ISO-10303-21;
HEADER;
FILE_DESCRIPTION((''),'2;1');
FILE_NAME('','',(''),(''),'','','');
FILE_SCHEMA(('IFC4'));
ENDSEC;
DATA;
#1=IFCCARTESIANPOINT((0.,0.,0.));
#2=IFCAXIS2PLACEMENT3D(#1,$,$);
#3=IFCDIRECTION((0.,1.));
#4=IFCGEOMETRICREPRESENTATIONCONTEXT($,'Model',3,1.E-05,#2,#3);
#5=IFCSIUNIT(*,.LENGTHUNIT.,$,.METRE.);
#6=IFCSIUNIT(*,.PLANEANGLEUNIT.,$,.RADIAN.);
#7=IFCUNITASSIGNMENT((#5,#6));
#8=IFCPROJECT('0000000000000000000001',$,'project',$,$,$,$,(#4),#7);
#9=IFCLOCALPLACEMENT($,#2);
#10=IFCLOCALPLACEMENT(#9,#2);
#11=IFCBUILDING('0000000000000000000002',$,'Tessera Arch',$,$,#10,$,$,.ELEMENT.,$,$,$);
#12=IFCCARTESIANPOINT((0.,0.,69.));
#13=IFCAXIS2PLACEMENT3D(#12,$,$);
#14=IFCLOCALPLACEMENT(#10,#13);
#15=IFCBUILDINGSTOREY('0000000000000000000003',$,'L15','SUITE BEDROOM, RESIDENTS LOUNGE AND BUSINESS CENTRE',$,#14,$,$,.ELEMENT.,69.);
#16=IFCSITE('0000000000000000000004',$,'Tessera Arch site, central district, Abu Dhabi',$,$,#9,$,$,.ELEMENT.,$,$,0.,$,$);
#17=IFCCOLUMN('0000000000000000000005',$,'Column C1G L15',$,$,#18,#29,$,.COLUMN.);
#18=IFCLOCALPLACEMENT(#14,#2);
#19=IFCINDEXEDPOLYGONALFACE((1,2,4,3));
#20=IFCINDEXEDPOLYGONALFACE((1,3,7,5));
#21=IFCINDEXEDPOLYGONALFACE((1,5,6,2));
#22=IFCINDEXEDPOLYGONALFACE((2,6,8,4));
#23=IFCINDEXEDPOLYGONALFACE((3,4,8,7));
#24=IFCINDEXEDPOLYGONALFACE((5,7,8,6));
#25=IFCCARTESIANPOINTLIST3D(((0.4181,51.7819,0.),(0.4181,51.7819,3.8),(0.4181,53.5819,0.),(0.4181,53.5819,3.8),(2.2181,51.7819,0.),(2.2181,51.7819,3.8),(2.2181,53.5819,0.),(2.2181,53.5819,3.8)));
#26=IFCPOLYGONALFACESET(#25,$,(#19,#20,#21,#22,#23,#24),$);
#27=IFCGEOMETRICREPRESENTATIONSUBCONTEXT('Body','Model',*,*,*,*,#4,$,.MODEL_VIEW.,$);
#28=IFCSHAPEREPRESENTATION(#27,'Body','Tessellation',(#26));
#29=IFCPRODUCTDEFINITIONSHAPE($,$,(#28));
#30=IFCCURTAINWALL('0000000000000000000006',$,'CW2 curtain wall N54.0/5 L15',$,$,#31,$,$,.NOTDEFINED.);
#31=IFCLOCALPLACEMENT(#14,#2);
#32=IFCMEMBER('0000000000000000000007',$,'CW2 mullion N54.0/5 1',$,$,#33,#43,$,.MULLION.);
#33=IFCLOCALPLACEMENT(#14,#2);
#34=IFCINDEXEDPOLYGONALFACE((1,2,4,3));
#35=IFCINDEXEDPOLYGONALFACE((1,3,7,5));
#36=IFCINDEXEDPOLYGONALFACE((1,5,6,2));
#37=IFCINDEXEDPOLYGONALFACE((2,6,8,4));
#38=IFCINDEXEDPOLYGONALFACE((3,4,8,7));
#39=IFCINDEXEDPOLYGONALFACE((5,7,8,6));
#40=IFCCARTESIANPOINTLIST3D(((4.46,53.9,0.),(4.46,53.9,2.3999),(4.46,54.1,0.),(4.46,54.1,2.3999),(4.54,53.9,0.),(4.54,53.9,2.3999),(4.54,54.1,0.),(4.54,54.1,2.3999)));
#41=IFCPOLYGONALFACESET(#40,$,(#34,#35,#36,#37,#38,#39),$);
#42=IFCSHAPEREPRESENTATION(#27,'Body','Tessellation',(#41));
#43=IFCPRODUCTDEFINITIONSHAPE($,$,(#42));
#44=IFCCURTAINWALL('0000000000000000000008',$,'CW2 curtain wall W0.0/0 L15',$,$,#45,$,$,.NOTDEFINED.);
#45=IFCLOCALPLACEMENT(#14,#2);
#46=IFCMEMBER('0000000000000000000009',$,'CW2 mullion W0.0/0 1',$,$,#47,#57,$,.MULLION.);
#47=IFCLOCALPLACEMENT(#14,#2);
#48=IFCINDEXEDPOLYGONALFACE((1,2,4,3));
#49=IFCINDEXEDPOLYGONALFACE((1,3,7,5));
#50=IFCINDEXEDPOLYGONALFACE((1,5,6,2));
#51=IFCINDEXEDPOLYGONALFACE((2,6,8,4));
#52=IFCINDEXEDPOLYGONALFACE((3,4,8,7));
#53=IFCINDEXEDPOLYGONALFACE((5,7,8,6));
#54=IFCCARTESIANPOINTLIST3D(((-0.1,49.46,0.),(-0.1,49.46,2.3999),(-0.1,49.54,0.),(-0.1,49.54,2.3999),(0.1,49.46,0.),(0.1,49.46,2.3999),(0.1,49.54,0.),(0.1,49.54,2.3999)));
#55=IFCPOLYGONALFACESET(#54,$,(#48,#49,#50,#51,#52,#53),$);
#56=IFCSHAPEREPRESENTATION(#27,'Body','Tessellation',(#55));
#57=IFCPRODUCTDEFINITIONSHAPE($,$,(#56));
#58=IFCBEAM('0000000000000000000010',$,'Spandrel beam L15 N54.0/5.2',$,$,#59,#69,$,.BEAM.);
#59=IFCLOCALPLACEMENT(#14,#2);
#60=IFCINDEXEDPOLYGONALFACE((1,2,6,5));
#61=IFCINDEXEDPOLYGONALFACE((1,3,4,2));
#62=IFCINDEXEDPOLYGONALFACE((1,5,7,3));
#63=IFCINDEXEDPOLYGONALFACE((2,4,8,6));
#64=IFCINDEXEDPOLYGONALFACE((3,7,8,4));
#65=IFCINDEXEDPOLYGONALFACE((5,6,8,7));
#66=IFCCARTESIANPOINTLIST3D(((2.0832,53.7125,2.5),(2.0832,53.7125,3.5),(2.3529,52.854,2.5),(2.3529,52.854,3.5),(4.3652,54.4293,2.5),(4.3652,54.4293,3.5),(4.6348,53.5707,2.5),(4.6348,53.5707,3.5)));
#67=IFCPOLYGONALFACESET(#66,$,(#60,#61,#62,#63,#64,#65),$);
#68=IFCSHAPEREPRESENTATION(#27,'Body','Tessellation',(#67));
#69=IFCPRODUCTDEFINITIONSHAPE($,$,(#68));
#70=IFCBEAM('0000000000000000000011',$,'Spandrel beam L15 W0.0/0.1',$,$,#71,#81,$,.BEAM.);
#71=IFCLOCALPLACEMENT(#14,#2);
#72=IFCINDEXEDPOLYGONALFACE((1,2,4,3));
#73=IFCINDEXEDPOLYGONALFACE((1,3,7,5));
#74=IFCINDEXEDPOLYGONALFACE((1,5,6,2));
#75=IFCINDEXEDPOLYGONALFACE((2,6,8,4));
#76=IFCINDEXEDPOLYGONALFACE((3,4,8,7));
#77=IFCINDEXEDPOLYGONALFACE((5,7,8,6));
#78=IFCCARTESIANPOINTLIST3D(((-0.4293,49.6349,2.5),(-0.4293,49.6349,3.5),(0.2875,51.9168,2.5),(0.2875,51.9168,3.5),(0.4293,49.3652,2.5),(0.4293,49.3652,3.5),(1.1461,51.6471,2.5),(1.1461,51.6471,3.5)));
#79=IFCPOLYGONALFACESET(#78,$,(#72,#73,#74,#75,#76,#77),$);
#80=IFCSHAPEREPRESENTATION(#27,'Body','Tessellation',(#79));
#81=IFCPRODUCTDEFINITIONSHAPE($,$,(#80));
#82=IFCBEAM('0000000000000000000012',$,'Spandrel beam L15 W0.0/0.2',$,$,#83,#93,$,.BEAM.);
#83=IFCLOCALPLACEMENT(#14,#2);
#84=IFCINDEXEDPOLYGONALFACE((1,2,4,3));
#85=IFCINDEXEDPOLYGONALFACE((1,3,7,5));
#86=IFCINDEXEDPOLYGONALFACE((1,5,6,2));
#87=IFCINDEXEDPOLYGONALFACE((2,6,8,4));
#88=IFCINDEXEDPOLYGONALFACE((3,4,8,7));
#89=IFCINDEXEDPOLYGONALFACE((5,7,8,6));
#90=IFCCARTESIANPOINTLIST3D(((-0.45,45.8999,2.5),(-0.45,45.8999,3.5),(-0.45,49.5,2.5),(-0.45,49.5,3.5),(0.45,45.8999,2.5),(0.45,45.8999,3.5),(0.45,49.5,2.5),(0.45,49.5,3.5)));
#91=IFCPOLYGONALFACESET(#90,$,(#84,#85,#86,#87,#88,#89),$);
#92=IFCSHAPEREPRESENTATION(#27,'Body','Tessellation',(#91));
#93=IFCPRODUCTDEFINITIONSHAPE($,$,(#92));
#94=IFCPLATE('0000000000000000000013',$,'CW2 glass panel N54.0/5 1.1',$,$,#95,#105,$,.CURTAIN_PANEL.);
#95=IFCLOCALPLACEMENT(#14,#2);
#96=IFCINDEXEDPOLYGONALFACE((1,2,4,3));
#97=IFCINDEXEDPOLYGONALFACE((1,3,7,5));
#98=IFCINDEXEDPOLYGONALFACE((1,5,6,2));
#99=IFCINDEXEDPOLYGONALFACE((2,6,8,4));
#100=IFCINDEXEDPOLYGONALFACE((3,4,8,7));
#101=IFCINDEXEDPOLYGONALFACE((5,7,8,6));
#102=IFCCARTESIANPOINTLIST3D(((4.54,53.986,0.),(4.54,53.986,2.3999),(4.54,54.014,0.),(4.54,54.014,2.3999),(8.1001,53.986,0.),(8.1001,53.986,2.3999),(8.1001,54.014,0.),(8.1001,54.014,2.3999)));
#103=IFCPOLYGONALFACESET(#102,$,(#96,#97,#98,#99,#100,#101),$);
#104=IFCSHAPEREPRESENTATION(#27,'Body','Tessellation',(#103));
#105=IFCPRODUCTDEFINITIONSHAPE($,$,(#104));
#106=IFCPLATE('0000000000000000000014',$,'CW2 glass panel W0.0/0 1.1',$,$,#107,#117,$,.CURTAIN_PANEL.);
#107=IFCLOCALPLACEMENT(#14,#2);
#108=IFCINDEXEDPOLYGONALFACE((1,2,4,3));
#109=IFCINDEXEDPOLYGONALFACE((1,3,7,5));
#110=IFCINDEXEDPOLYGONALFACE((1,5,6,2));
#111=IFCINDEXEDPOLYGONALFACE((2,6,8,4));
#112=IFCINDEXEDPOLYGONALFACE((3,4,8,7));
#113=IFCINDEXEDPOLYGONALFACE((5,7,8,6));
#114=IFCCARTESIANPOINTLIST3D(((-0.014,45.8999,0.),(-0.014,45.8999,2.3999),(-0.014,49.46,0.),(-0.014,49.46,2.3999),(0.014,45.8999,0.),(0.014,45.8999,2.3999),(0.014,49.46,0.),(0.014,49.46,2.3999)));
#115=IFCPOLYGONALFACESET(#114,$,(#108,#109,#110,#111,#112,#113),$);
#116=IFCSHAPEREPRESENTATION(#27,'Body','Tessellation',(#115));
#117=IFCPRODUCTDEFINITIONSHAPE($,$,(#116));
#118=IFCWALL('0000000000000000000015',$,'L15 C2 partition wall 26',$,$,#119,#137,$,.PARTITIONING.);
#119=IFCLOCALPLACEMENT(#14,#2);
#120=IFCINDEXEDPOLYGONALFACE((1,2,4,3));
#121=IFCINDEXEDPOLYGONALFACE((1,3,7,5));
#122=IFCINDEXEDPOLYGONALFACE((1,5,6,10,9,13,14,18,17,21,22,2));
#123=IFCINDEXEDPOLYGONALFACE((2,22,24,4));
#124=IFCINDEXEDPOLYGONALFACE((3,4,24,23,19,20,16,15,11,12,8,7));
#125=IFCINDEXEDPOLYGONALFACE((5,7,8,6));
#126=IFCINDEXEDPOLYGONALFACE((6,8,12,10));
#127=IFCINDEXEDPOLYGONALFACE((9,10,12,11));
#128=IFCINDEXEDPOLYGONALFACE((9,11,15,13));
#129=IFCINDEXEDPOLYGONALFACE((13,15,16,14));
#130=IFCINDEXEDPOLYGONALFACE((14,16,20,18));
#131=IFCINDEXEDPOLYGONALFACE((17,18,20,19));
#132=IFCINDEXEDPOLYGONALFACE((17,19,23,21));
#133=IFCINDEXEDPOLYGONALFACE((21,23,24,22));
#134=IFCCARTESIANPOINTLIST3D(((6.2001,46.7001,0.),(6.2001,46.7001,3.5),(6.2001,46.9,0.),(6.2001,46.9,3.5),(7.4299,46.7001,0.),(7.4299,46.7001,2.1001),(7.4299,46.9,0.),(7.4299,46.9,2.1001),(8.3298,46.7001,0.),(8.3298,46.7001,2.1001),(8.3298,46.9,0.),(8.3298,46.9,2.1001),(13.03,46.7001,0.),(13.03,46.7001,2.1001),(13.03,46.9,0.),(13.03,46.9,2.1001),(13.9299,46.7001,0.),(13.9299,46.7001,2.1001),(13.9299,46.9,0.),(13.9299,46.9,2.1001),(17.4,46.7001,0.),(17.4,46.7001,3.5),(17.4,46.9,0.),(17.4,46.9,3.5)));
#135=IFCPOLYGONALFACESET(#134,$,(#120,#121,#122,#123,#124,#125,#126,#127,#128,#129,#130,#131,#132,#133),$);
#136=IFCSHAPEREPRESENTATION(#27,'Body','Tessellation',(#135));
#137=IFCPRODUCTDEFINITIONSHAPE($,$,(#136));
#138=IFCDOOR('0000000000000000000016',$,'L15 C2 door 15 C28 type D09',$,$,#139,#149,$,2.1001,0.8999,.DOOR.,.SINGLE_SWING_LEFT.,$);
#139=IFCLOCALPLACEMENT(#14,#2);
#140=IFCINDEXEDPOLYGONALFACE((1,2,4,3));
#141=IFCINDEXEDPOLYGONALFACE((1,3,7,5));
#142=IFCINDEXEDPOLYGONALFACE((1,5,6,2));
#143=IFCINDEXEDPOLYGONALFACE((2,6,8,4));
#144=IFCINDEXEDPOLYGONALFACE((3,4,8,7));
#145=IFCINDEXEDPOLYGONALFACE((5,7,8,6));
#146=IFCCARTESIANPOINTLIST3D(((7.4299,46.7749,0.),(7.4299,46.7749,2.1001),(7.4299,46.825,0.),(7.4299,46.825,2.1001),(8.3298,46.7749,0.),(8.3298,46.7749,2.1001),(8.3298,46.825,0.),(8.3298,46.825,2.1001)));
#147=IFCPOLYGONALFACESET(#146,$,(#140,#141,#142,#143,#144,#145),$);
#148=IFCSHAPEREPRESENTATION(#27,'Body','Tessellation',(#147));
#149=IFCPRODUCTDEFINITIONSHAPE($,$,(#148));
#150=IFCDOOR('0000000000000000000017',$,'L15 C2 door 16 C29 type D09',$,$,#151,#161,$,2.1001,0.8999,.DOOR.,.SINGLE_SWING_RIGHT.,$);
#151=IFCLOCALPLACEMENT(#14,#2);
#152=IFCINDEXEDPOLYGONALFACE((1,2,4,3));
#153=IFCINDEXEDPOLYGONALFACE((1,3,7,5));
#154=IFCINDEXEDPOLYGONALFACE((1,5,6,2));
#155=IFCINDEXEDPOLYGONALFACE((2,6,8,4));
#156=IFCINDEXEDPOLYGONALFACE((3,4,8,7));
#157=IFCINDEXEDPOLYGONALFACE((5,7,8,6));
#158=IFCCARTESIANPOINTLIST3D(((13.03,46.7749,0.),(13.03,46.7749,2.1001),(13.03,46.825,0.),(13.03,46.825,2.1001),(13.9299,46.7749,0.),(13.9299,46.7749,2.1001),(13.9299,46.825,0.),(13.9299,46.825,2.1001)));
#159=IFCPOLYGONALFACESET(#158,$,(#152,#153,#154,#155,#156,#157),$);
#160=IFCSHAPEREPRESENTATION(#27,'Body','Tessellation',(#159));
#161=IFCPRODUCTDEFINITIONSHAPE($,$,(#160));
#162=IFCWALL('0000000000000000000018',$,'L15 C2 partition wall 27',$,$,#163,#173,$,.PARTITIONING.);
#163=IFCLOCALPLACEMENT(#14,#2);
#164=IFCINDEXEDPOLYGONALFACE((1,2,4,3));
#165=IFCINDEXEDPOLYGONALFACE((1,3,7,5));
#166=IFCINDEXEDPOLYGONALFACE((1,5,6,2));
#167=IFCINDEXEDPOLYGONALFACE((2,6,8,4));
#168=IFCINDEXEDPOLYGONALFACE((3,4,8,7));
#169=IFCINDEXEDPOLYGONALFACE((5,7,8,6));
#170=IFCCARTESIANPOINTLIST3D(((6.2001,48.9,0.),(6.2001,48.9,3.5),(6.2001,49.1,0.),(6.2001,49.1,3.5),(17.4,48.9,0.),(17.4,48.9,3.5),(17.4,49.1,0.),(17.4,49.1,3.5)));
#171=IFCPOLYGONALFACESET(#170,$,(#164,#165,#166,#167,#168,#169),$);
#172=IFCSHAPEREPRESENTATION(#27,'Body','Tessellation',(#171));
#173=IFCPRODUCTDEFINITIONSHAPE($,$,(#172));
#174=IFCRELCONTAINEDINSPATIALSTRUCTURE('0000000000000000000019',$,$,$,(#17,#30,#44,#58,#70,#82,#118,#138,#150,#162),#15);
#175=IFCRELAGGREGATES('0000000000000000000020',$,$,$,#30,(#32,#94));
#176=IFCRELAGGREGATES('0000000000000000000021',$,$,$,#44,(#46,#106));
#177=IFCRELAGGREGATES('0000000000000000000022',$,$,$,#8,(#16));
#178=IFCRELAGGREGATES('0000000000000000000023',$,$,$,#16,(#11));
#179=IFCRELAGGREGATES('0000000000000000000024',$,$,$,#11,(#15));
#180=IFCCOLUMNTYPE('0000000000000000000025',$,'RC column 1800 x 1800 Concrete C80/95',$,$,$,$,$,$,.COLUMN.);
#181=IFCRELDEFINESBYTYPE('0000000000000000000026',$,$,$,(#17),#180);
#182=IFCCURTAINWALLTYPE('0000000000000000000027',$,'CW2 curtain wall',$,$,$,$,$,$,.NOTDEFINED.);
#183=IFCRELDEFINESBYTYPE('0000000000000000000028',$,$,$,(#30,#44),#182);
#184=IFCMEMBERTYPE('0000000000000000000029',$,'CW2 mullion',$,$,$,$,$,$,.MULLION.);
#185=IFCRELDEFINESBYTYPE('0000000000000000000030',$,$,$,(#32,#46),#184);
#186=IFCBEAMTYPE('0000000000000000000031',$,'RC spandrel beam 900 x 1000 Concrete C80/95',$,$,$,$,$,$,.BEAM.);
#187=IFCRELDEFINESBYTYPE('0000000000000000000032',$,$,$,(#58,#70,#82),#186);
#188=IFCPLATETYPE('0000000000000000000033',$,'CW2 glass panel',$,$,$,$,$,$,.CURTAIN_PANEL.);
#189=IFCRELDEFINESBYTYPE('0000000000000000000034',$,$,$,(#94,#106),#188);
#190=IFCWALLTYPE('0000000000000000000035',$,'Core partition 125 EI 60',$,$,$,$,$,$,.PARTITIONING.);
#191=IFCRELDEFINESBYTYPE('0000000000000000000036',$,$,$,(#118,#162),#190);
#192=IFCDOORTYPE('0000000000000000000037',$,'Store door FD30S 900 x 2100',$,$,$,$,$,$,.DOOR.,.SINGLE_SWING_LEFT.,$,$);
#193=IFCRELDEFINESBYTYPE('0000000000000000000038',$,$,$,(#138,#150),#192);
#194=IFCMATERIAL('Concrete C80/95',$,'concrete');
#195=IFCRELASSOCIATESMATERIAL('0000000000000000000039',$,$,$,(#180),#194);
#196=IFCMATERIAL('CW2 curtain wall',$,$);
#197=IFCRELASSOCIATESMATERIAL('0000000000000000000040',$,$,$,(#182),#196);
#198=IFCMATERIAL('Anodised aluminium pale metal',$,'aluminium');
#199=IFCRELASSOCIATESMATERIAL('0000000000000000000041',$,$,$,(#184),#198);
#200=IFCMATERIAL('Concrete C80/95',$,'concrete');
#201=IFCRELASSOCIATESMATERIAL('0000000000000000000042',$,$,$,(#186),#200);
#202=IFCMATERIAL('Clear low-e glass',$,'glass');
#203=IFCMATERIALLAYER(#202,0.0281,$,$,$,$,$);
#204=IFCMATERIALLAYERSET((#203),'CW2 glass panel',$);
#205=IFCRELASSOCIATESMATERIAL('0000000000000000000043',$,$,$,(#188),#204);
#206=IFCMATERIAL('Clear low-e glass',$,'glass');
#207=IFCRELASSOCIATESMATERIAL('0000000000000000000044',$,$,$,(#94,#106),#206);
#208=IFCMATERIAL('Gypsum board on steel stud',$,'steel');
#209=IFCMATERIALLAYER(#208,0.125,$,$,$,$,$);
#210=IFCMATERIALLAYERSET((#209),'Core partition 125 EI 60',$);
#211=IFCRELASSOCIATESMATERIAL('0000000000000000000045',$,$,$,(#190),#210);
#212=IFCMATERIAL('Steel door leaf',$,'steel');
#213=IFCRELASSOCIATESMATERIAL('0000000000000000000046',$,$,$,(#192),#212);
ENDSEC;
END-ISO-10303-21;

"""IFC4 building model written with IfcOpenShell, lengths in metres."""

from ifc_helpers import new_model, si_unit, direction, frame, frame_2d, origin, origin_2d, place, context, subcontext, project, spatial, rectangle, extrude, material, layer, layer_set, material_profile, profile_set, type_object, element, fill, aggregate, save


model = new_model("IFC4")

# Units and contexts
model_context = context("Model", 3, precision=1e-05, world=origin(), true_north=direction((0.0, 1.0)))
body_context = subcontext(model_context, "Body", "Model", "MODEL_VIEW")
ifc_project = project(units=[si_unit("LENGTHUNIT", "METRE"), si_unit("PLANEANGLEUNIT", "RADIAN")], contexts=[model_context])

# Site, building, storey
site_placement = place(None, origin())
site = spatial("IfcSite", under=ifc_project, at=site_placement, Name="Tessera Arch site, central district, Abu Dhabi", CompositionType="ELEMENT", RefElevation=0.0)
building_placement = place(site_placement, origin())
building = spatial("IfcBuilding", under=site, at=building_placement, Name="Tessera Arch", CompositionType="ELEMENT")
storey_placement = place(building_placement, frame((0.0, 0.0, 69.0)))
storey = spatial("IfcBuildingStorey", under=building, at=storey_placement, Name="L15", Description="SUITE BEDROOM, RESIDENTS LOUNGE AND BUSINESS CENTRE", CompositionType="ELEMENT", Elevation=69.0)

# Column
ifc_material_1 = material(Name="Concrete C80/95", Category="concrete")
ifc_material_profile_1 = material_profile(ifc_material_1, rectangle(XDim=1.8, YDim=1.8, at=origin_2d()), Name="RC column 1800 x 1800 Concrete C80/95")
ifc_profile_set_1 = profile_set([ifc_material_profile_1], Name="Concrete C80/95")
column_type = type_object("IfcColumnType", Name="RC column 1800 x 1800 Concrete C80/95", PredefinedType="COLUMN", material=ifc_profile_set_1)
column_placement = place(storey_placement, frame((1.3181, 52.6819, 0.0), z_axis=(0.0, 0.0, 1.0), x_axis=(1.0, 0.0, 0.0)))
element("IfcColumn", 1, at=column_placement, inside=storey, type_object=column_type, Name="Column C1G L15", PredefinedType="COLUMN", context=body_context, shape_type="SweptSolid", body=[
    extrude(rectangle(XDim=1.8, YDim=1.8, at=origin_2d()), origin(), (0.0, 0.0, 1.0), 3.8),
])

# Curtain walls, members
ifc_material_2 = material(Name="CW2 curtain wall")
curtain_wall_type = type_object("IfcCurtainWallType", Name="CW2 curtain wall", PredefinedType="NOTDEFINED", material=ifc_material_2)
curtain_wall_1_placement = place(storey_placement, origin())
curtain_wall_1 = element("IfcCurtainWall", 2, at=curtain_wall_1_placement, inside=storey, type_object=curtain_wall_type, Name="CW2 curtain wall N54.0/5 L15", PredefinedType="NOTDEFINED")
ifc_material_3 = material(Name="Anodised aluminium pale metal", Category="aluminium")
ifc_material_profile_2 = material_profile(ifc_material_3, rectangle(XDim=0.2, YDim=0.0801, at=origin_2d()), Name="AL 80x200")
ifc_profile_set_2 = profile_set([ifc_material_profile_2], Name="Anodised aluminium pale metal")
member_type = type_object("IfcMemberType", Name="CW2 mullion", PredefinedType="MULLION", material=ifc_profile_set_2)
member_1_placement = place(storey_placement, frame((4.5, 54.0, 0.0), z_axis=(0.0, 0.0, 1.0), x_axis=(0.0, -1.0, 0.0)))
member_1 = element("IfcMember", 3, at=member_1_placement, type_object=member_type, Name="CW2 mullion N54.0/5 1", PredefinedType="MULLION", context=body_context, shape_type="SweptSolid", body=[
    extrude(rectangle(XDim=0.2, YDim=0.0801, at=origin_2d()), origin(), (0.0, 0.0, 1.0), 2.3999),
])
curtain_wall_2_placement = place(storey_placement, origin())
curtain_wall_2 = element("IfcCurtainWall", 4, at=curtain_wall_2_placement, inside=storey, type_object=curtain_wall_type, Name="CW2 curtain wall W0.0/0 L15", PredefinedType="NOTDEFINED")
member_2_placement = place(storey_placement, frame((0.0, 49.5, 0.0), z_axis=(0.0, 0.0, 1.0), x_axis=(1.0, 0.0, 0.0)))
member_2 = element("IfcMember", 5, at=member_2_placement, type_object=member_type, Name="CW2 mullion W0.0/0 1", PredefinedType="MULLION", context=body_context, shape_type="SweptSolid", body=[
    extrude(rectangle(XDim=0.2, YDim=0.0801, at=origin_2d()), origin(), (0.0, 0.0, 1.0), 2.3999),
])

# Beams
ifc_material_4 = material(Name="Concrete C80/95", Category="concrete")
ifc_material_profile_3 = material_profile(ifc_material_4, rectangle(XDim=0.8999, YDim=1.0, at=origin_2d()), Name="RC spandrel beam 900 x 1000 Concrete C80/95")
ifc_profile_set_3 = profile_set([ifc_material_profile_3], Name="Concrete C80/95")
beam_type = type_object("IfcBeamType", Name="RC spandrel beam 900 x 1000 Concrete C80/95", PredefinedType="BEAM", material=ifc_profile_set_3)
for number, where, z_axis, x_axis, name in (
    (6, (4.5, 54.0, 3.0), (-0.954041, -0.299675, 0.0), (0.299675, -0.954041, 0.0), "Spandrel beam L15 N54.0/5.2"),
    (7, (0.7168, 51.782, 3.0), (-0.299675, -0.954041, 0.0), (0.954041, -0.299675, 0.0), "Spandrel beam L15 W0.0/0.1"),
):
    element("IfcBeam", number, at=place(storey_placement, frame(where, z_axis=z_axis, x_axis=x_axis)), inside=storey, type_object=beam_type, Name=name, PredefinedType="BEAM", context=body_context, shape_type="SweptSolid", body=[
        extrude(rectangle(XDim=0.8999, YDim=1.0, at=origin_2d()), origin(), (0.0, 0.0, 1.0), 2.3918),
    ])
beam_placement = place(storey_placement, frame((0.0, 49.5, 3.0), z_axis=(0.0, -1.0, 0.0), x_axis=(1.0, 0.0, 0.0)))
element("IfcBeam", 8, at=beam_placement, inside=storey, type_object=beam_type, Name="Spandrel beam L15 W0.0/0.2", PredefinedType="BEAM", context=body_context, shape_type="SweptSolid", body=[
    extrude(rectangle(XDim=0.8999, YDim=1.0, at=origin_2d()), origin(), (0.0, 0.0, 1.0), 3.6001),
])

# Plates
ifc_material_5 = material(Name="Clear low-e glass", Category="glass")
ifc_material_6 = material(Name="Clear low-e glass", Category="glass")
ifc_layer_1 = layer(ifc_material_6, 0.0281)
ifc_layer_set_1 = layer_set([ifc_layer_1], Name="CW2 glass panel")
plate_type = type_object("IfcPlateType", Name="CW2 glass panel", PredefinedType="CURTAIN_PANEL", material=ifc_layer_set_1)
plate_1_placement = place(storey_placement, frame((6.3201, 54.0, 0.0), z_axis=(0.0, 0.0, 1.0), x_axis=(-1.0, 0.0, 0.0)))
plate_1 = element("IfcPlate", 9, at=plate_1_placement, type_object=plate_type, material=ifc_material_5, Name="CW2 glass panel N54.0/5 1.1", PredefinedType="CURTAIN_PANEL", context=body_context, shape_type="SweptSolid", body=[
    extrude(rectangle(XDim=3.5601, YDim=0.0281, at=origin_2d()), origin(), (0.0, 0.0, 1.0), 2.3999),
])
aggregate(curtain_wall_1, [member_1, plate_1])
plate_2_placement = place(storey_placement, frame((0.0, 47.6799, 0.0), z_axis=(0.0, 0.0, 1.0), x_axis=(0.0, -1.0, 0.0)))
plate_2 = element("IfcPlate", 10, at=plate_2_placement, type_object=plate_type, material=ifc_material_5, Name="CW2 glass panel W0.0/0 1.1", PredefinedType="CURTAIN_PANEL", context=body_context, shape_type="SweptSolid", body=[
    extrude(rectangle(XDim=3.5601, YDim=0.0281, at=origin_2d()), origin(), (0.0, 0.0, 1.0), 2.3999),
])
aggregate(curtain_wall_2, [member_2, plate_2])

# Wall, openings, doors
ifc_material_7 = material(Name="Gypsum board on steel stud", Category="steel")
ifc_layer_2 = layer(ifc_material_7, 0.125)
ifc_layer_set_2 = layer_set([ifc_layer_2], Name="Core partition 125 EI 60")
wall_type_1 = type_object("IfcWallType", Name="Core partition 125 EI 60", PredefinedType="PARTITIONING", material=ifc_layer_set_2)
wall_1_placement = place(storey_placement, frame((6.2, 46.8, 0.0), z_axis=(0.0, 0.0, 1.0), x_axis=(1.0, 0.0, 0.0)))
wall_1 = element("IfcWall", 11, at=wall_1_placement, inside=storey, type_object=wall_type_1, Name="L15 C2 partition wall 26", PredefinedType="PARTITIONING", context=body_context, shape_type="SweptSolid", body=[
    extrude(rectangle(XDim=11.2, YDim=0.2, at=frame_2d((5.6001, 0.0))), origin(), (0.0, 0.0, 1.0), 3.5),
])
opening_1_placement = place(wall_1_placement, frame((1.23, 0.0, 0.0)))
opening_1 = element("IfcOpeningElement", 12, at=opening_1_placement, cuts=wall_1, PredefinedType="OPENING", context=body_context, shape_type="SweptSolid", body=[
    extrude(rectangle(XDim=0.8999, YDim=2.1001, at=frame_2d((0.45, 1.05))), frame((0.0, 0.1099, 0.0), z_axis=(0.0, -1.0, 0.0), x_axis=(1.0, 0.0, 0.0)), (0.0, 0.0, 1.0), 0.22),
])
opening_2_placement = place(wall_1_placement, frame((6.8301, 0.0, 0.0)))
opening_2 = element("IfcOpeningElement", 13, at=opening_2_placement, cuts=wall_1, PredefinedType="OPENING", context=body_context, shape_type="SweptSolid", body=[
    extrude(rectangle(XDim=0.8999, YDim=2.1001, at=frame_2d((0.45, 1.05))), frame((0.0, 0.1099, 0.0), z_axis=(0.0, -1.0, 0.0), x_axis=(1.0, 0.0, 0.0)), (0.0, 0.0, 1.0), 0.22),
])
ifc_material_8 = material(Name="Steel door leaf", Category="steel")
door_type_1 = type_object("IfcDoorType", Name="Store door FD30S 900 x 2100", OperationType="SINGLE_SWING_LEFT", PredefinedType="DOOR", material=ifc_material_8)
door_1_placement = place(opening_1_placement, origin())
door_1 = element("IfcDoor", 14, at=door_1_placement, inside=storey, type_object=door_type_1, Name="L15 C2 door 15 C28 type D09", OperationType="SINGLE_SWING_LEFT", OverallHeight=2.1001, OverallWidth=0.8999, PredefinedType="DOOR", context=body_context, shape_type="SweptSolid", body=[
    extrude(rectangle(XDim=0.8999, YDim=2.1001, at=frame_2d((0.45, 1.05))), frame((0.0, 0.0249, 0.0), z_axis=(0.0, -1.0, 0.0), x_axis=(1.0, 0.0, 0.0)), (0.0, 0.0, 1.0), 0.05),
])
fill(opening_1, door_1)
door_2_placement = place(opening_2_placement, origin())
door_2 = element("IfcDoor", 15, at=door_2_placement, inside=storey, type_object=door_type_1, Name="L15 C2 door 16 C29 type D09", OperationType="SINGLE_SWING_RIGHT", OverallHeight=2.1001, OverallWidth=0.8999, PredefinedType="DOOR", context=body_context, shape_type="SweptSolid", body=[
    extrude(rectangle(XDim=0.8999, YDim=2.1001, at=frame_2d((0.45, 1.05))), frame((0.0, 0.0249, 0.0), z_axis=(0.0, -1.0, 0.0), x_axis=(1.0, 0.0, 0.0)), (0.0, 0.0, 1.0), 0.05),
])
fill(opening_2, door_2)

# Wall
wall_2_placement = place(storey_placement, frame((6.2, 49.0, 0.0), z_axis=(0.0, 0.0, 1.0), x_axis=(1.0, 0.0, 0.0)))
element("IfcWall", 16, at=wall_2_placement, inside=storey, type_object=wall_type_1, Name="L15 C2 partition wall 27", PredefinedType="PARTITIONING", context=body_context, shape_type="SweptSolid", body=[
    extrude(rectangle(XDim=11.2, YDim=0.2, at=frame_2d((5.6001, 0.0))), origin(), (0.0, 0.0, 1.0), 3.5),
])

save(model, "model.ifc")
